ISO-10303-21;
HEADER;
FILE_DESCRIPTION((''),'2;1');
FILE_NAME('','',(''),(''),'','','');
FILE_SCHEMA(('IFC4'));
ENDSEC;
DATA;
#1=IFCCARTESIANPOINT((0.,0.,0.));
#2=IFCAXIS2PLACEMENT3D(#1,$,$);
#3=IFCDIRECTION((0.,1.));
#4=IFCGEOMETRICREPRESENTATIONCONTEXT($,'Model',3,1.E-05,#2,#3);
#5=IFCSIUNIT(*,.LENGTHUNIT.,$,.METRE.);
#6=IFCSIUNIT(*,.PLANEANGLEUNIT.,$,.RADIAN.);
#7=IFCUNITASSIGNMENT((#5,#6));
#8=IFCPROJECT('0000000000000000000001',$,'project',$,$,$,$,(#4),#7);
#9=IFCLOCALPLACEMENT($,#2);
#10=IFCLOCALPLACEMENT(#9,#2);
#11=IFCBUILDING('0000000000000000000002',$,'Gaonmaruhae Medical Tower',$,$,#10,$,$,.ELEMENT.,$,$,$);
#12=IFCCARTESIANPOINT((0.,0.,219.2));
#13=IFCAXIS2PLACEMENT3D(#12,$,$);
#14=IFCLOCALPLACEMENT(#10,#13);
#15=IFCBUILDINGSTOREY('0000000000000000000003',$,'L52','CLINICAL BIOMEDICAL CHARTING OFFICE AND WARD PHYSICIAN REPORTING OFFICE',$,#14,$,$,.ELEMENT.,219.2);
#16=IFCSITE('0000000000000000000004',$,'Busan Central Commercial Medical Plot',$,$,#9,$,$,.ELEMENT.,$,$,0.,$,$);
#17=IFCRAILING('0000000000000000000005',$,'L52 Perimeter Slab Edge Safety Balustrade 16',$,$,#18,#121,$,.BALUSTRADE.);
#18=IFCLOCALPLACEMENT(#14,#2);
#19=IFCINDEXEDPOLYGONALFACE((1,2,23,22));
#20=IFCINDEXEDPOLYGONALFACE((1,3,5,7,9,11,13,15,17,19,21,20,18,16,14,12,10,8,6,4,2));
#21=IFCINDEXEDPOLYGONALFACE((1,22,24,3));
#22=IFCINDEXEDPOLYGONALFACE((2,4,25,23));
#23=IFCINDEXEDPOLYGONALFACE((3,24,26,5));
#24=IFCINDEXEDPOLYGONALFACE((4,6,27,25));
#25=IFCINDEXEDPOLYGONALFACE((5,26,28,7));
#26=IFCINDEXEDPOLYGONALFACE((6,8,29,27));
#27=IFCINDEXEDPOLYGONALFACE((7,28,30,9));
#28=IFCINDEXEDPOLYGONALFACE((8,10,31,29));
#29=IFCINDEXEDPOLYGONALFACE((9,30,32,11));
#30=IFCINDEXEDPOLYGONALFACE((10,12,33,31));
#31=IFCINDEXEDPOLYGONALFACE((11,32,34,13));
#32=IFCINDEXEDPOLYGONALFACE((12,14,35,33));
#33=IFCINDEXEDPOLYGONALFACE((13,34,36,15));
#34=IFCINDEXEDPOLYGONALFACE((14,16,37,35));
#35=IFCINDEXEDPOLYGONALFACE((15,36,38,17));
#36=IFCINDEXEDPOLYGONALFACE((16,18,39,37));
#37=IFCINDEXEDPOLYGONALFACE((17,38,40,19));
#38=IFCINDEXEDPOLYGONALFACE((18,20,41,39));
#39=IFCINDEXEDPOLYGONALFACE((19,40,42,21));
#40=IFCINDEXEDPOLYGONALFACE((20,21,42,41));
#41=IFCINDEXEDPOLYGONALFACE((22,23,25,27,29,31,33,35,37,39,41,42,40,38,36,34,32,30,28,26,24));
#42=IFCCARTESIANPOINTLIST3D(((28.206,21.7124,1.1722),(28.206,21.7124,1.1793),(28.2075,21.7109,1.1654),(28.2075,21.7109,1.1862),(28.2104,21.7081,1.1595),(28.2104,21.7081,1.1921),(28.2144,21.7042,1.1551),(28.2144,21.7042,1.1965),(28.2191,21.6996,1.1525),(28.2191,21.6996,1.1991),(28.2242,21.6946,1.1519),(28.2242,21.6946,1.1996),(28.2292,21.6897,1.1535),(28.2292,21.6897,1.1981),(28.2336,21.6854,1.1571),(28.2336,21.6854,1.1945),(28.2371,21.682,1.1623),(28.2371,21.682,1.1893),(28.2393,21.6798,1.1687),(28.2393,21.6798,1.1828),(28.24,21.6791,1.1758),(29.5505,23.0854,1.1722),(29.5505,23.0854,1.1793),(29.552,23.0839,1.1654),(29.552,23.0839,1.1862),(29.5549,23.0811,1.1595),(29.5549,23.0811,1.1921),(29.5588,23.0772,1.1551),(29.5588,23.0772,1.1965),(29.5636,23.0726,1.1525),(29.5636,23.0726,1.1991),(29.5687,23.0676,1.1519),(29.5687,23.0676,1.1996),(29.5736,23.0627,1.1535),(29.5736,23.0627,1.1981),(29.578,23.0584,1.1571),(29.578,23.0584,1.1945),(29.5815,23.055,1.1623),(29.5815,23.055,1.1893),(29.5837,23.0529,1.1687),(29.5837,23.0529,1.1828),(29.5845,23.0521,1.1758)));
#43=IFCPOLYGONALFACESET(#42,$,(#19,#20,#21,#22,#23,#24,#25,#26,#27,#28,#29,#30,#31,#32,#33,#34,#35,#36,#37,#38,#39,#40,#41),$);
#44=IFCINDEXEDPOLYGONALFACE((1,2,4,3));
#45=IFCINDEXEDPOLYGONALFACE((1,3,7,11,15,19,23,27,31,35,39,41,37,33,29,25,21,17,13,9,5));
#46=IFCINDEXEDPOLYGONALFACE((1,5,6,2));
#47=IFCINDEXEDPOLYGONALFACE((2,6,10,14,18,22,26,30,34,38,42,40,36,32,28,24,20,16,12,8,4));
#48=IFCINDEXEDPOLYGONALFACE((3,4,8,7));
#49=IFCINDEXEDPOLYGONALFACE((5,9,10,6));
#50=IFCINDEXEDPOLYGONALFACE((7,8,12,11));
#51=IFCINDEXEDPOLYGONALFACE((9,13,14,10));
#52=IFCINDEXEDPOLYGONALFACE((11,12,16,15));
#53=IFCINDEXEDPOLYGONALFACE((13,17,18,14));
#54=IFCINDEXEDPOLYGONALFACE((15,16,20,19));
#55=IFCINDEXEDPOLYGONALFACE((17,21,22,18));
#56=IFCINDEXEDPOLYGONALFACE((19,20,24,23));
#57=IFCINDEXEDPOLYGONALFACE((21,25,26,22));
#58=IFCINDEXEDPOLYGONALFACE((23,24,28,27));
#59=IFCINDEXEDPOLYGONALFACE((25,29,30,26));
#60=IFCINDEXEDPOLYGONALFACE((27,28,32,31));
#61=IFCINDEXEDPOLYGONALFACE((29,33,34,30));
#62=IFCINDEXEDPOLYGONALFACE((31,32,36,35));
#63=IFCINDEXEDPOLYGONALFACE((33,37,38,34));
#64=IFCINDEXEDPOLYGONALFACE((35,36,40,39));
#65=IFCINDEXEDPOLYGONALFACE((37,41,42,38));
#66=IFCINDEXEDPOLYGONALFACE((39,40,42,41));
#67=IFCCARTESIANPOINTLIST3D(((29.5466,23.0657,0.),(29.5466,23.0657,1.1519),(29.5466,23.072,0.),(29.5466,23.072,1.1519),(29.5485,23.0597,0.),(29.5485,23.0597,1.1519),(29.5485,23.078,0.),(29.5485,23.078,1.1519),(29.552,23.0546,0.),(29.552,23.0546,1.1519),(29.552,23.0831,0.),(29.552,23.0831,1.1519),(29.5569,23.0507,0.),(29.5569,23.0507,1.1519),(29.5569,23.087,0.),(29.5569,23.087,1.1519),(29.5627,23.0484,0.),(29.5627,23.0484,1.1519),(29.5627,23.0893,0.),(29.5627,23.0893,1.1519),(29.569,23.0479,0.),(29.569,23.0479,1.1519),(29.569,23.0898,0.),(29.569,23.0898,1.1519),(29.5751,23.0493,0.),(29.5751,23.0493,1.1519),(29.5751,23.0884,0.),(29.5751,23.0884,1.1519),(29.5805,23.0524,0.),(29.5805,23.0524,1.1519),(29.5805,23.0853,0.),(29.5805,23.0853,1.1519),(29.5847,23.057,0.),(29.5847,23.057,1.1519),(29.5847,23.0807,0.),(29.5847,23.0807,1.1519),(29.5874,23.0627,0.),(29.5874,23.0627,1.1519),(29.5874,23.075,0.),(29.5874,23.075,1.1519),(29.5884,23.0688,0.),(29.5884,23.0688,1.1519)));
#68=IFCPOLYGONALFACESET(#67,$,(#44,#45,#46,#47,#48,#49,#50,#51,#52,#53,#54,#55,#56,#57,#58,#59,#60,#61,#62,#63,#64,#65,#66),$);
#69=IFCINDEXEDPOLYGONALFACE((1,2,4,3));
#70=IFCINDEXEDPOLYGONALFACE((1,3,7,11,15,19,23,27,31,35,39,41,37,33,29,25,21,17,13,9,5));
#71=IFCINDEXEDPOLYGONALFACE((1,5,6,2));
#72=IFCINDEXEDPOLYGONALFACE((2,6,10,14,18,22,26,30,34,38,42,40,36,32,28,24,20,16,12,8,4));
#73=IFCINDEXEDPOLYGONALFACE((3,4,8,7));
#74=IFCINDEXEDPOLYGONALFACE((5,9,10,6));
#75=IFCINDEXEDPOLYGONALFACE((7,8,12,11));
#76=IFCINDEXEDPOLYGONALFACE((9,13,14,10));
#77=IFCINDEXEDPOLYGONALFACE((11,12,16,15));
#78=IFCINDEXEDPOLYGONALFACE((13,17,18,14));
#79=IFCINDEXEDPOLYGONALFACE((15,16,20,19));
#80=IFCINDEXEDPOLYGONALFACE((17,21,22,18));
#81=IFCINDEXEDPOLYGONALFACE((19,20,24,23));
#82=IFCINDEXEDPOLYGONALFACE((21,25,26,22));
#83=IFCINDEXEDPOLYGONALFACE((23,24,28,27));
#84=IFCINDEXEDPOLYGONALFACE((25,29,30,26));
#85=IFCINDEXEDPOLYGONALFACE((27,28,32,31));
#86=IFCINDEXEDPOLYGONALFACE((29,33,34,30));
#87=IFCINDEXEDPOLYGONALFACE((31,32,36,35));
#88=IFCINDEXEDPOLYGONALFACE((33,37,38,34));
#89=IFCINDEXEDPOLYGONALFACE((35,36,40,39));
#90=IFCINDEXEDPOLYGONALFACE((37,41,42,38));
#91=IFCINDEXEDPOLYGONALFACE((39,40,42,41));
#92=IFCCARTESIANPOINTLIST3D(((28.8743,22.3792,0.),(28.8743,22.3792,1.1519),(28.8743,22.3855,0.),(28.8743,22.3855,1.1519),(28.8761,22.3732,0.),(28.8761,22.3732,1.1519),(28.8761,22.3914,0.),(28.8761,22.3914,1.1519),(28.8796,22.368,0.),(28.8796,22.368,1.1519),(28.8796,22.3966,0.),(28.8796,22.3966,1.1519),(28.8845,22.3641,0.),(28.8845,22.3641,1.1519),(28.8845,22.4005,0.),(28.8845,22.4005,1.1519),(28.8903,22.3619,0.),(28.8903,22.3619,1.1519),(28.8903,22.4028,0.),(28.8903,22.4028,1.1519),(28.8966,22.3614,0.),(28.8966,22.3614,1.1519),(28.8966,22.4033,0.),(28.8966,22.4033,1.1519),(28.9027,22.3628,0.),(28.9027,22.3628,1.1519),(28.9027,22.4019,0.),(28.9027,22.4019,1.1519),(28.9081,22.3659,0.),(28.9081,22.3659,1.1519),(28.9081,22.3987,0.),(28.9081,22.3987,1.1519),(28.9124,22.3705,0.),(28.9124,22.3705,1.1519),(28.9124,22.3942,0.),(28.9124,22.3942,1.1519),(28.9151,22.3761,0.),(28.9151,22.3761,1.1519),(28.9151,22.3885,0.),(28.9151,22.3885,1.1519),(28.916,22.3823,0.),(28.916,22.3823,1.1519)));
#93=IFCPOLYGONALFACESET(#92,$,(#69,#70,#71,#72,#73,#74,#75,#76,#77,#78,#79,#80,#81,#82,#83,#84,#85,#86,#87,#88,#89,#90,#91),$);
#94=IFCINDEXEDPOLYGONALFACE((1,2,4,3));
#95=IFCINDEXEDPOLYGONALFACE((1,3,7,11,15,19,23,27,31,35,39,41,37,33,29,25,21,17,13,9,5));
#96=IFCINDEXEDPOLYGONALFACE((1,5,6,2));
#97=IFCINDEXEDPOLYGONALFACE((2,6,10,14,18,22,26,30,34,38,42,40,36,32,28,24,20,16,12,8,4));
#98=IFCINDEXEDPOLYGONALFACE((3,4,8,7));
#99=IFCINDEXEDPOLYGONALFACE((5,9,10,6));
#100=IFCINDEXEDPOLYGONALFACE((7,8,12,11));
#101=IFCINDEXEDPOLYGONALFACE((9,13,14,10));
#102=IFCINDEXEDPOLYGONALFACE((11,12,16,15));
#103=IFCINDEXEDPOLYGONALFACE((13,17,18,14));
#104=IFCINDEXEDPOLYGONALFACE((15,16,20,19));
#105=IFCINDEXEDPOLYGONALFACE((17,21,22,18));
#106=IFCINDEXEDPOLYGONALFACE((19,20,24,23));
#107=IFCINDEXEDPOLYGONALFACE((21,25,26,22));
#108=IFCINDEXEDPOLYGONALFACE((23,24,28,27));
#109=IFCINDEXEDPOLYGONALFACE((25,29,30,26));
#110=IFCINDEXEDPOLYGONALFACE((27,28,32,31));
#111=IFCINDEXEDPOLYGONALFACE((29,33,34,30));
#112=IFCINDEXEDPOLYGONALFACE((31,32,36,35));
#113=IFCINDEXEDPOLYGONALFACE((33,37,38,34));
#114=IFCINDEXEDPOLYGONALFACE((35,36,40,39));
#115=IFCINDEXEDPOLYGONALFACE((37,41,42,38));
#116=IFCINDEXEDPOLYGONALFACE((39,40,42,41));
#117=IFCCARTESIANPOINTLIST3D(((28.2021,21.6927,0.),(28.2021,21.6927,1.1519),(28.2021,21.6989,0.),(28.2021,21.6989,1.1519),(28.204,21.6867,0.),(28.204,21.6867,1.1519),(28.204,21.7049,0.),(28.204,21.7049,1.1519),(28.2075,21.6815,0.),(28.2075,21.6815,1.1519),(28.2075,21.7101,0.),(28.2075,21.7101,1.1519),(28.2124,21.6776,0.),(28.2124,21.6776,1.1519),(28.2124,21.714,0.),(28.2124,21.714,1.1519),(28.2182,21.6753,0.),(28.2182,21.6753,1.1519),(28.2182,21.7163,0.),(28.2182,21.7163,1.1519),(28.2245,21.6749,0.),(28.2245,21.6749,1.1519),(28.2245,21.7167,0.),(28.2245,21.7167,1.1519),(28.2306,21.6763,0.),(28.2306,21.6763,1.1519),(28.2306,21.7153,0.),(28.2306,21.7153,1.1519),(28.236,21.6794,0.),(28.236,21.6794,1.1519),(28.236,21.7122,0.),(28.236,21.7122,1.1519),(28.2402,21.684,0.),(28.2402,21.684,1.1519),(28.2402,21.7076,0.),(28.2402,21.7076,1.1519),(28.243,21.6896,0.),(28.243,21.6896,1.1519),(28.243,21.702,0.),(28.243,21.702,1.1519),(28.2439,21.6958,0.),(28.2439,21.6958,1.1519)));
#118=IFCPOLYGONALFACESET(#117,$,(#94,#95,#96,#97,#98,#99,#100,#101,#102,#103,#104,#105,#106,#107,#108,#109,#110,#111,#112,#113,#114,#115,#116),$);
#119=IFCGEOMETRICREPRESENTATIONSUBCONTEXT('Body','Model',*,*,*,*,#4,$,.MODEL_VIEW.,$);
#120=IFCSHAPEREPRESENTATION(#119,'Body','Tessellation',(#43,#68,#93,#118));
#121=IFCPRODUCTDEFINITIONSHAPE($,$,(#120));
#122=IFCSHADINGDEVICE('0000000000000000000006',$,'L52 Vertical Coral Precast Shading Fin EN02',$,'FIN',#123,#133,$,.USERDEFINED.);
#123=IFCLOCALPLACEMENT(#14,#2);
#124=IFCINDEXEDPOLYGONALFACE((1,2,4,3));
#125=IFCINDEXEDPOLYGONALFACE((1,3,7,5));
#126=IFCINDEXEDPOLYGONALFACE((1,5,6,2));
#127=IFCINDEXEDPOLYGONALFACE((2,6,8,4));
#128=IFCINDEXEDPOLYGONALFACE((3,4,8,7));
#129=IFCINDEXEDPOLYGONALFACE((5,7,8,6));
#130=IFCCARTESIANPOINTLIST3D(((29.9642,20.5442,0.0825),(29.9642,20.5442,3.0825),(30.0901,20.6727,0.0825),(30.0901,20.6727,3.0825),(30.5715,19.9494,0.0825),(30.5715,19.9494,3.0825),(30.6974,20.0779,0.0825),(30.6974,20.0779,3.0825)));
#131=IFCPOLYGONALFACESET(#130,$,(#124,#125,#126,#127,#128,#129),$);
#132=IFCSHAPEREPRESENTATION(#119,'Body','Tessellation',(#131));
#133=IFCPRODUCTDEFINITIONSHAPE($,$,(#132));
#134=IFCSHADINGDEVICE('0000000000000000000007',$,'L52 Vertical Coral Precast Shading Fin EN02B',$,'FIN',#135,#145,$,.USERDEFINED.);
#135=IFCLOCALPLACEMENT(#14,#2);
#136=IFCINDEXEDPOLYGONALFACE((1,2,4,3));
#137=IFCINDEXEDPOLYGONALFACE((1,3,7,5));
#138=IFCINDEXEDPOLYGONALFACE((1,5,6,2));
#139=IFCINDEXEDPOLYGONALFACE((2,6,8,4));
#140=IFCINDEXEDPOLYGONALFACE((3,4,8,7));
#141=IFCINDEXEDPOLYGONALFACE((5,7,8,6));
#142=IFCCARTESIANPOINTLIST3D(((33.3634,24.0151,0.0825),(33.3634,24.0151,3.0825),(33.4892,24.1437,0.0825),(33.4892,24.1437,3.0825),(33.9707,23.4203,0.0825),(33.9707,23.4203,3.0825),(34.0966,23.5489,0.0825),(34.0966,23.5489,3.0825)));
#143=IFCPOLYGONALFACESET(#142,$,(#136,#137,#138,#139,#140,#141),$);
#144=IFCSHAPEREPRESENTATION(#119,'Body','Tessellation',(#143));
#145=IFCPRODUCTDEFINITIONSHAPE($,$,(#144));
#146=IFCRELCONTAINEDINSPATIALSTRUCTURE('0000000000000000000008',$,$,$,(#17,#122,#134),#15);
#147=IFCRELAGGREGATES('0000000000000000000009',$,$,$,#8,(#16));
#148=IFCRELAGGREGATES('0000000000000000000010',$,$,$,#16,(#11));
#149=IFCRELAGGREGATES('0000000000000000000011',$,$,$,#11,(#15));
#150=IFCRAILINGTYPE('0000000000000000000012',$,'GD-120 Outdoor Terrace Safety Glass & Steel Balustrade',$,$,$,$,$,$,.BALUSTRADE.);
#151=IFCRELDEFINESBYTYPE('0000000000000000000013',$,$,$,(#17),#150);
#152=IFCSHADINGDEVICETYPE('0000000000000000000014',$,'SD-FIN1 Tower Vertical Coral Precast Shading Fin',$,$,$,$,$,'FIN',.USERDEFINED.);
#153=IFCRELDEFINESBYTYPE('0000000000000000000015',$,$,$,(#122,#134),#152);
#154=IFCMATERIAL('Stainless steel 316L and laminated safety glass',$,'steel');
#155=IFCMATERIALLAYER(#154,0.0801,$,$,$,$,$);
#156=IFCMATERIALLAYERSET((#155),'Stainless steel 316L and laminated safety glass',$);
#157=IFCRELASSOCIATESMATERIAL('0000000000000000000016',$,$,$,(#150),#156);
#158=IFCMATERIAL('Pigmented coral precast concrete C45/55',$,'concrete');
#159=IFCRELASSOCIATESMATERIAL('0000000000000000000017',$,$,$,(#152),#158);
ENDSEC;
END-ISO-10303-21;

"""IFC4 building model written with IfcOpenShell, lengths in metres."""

from ifc_helpers import new_model, si_unit, direction, frame, origin, origin_2d, place, context, subcontext, project, spatial, rectangle, circle, extrude, material, layer, layer_set, type_object, element, save


model = new_model("IFC4")

# Units and contexts
model_context = context("Model", 3, precision=1e-05, world=origin(), true_north=direction((0.0, 1.0)))
body_context = subcontext(model_context, "Body", "Model", "MODEL_VIEW")
ifc_project = project(units=[si_unit("LENGTHUNIT", "METRE"), si_unit("PLANEANGLEUNIT", "RADIAN")], contexts=[model_context])

# Site, building, storey
site_placement = place(None, origin())
site = spatial("IfcSite", under=ifc_project, at=site_placement, Name="Busan Central Commercial Medical Plot", CompositionType="ELEMENT", RefElevation=0.0)
building_placement = place(site_placement, origin())
building = spatial("IfcBuilding", under=site, at=building_placement, Name="Gaonmaruhae Medical Tower", CompositionType="ELEMENT")
storey_placement = place(building_placement, frame((0.0, 0.0, 219.2)))
storey = spatial("IfcBuildingStorey", under=building, at=storey_placement, Name="L52", Description="CLINICAL BIOMEDICAL CHARTING OFFICE AND WARD PHYSICIAN REPORTING OFFICE", CompositionType="ELEMENT", Elevation=219.2)

# Railing
ifc_material_1 = material(Name="Stainless steel 316L and laminated safety glass", Category="steel")
ifc_layer_1 = layer(ifc_material_1, 0.0801)
ifc_layer_set_1 = layer_set([ifc_layer_1], Name="Stainless steel 316L and laminated safety glass")
railing_type = type_object("IfcRailingType", Name="GD-120 Outdoor Terrace Safety Glass & Steel Balustrade", PredefinedType="BALUSTRADE", material=ifc_layer_set_1)
railing_1_placement = place(storey_placement, frame((29.5674, 23.0688, 0.0)))
element("IfcRailing", 1, at=railing_1_placement, inside=storey, type_object=railing_type, Name="L52 Perimeter Slab Edge Safety Balustrade 16", PredefinedType="BALUSTRADE", context=body_context, shape_type="SweptSolid", body=[
    extrude(circle(Radius=0.0239, at=origin_2d()), frame((0.0, 0.0, 1.1758), z_axis=(-0.699636, -0.7145, 0.0), x_axis=(0.7145, -0.699636, 0.0)), (0.0, 0.0, 1.0), 1.9216),
    extrude(circle(Radius=0.021, at=origin_2d()), origin(), (0.0, 0.0, 1.0), 1.1519),
    extrude(circle(Radius=0.021, at=origin_2d()), frame((-0.6724, -0.6865, 0.0)), (0.0, 0.0, 1.0), 1.1519),
    extrude(circle(Radius=0.021, at=origin_2d()), frame((-1.3445, -1.373, 0.0)), (0.0, 0.0, 1.0), 1.1519),
])

# Shading devices
ifc_material_2 = material(Name="Pigmented coral precast concrete C45/55", Category="concrete")
shading_device_type = type_object("IfcShadingDeviceType", Name="SD-FIN1 Tower Vertical Coral Precast Shading Fin", ElementType="FIN", PredefinedType="USERDEFINED", material=ifc_material_2)
for number, where, z_axis, x_axis, name in (
    (2, (30.3308, 20.311, 0.0825), (0.0, 0.0, 1.0), (0.699676, 0.71446, 0.0), "L52 Vertical Coral Precast Shading Fin EN02"),
    (3, (33.73, 23.782, 0.0825), (0.0, 0.0, 1.0), (0.699676, 0.71446, 0.0), "L52 Vertical Coral Precast Shading Fin EN02B"),
):
    element("IfcShadingDevice", number, at=place(storey_placement, frame(where, z_axis=z_axis, x_axis=x_axis)), inside=storey, type_object=shading_device_type, Name=name, ObjectType="FIN", PredefinedType="USERDEFINED", context=body_context, shape_type="SweptSolid", body=[
        extrude(rectangle(XDim=0.1799, YDim=0.8501, at=origin_2d()), origin(), (0.0, 0.0, 1.0), 3.0),
    ])

save(model, "model.ifc")
